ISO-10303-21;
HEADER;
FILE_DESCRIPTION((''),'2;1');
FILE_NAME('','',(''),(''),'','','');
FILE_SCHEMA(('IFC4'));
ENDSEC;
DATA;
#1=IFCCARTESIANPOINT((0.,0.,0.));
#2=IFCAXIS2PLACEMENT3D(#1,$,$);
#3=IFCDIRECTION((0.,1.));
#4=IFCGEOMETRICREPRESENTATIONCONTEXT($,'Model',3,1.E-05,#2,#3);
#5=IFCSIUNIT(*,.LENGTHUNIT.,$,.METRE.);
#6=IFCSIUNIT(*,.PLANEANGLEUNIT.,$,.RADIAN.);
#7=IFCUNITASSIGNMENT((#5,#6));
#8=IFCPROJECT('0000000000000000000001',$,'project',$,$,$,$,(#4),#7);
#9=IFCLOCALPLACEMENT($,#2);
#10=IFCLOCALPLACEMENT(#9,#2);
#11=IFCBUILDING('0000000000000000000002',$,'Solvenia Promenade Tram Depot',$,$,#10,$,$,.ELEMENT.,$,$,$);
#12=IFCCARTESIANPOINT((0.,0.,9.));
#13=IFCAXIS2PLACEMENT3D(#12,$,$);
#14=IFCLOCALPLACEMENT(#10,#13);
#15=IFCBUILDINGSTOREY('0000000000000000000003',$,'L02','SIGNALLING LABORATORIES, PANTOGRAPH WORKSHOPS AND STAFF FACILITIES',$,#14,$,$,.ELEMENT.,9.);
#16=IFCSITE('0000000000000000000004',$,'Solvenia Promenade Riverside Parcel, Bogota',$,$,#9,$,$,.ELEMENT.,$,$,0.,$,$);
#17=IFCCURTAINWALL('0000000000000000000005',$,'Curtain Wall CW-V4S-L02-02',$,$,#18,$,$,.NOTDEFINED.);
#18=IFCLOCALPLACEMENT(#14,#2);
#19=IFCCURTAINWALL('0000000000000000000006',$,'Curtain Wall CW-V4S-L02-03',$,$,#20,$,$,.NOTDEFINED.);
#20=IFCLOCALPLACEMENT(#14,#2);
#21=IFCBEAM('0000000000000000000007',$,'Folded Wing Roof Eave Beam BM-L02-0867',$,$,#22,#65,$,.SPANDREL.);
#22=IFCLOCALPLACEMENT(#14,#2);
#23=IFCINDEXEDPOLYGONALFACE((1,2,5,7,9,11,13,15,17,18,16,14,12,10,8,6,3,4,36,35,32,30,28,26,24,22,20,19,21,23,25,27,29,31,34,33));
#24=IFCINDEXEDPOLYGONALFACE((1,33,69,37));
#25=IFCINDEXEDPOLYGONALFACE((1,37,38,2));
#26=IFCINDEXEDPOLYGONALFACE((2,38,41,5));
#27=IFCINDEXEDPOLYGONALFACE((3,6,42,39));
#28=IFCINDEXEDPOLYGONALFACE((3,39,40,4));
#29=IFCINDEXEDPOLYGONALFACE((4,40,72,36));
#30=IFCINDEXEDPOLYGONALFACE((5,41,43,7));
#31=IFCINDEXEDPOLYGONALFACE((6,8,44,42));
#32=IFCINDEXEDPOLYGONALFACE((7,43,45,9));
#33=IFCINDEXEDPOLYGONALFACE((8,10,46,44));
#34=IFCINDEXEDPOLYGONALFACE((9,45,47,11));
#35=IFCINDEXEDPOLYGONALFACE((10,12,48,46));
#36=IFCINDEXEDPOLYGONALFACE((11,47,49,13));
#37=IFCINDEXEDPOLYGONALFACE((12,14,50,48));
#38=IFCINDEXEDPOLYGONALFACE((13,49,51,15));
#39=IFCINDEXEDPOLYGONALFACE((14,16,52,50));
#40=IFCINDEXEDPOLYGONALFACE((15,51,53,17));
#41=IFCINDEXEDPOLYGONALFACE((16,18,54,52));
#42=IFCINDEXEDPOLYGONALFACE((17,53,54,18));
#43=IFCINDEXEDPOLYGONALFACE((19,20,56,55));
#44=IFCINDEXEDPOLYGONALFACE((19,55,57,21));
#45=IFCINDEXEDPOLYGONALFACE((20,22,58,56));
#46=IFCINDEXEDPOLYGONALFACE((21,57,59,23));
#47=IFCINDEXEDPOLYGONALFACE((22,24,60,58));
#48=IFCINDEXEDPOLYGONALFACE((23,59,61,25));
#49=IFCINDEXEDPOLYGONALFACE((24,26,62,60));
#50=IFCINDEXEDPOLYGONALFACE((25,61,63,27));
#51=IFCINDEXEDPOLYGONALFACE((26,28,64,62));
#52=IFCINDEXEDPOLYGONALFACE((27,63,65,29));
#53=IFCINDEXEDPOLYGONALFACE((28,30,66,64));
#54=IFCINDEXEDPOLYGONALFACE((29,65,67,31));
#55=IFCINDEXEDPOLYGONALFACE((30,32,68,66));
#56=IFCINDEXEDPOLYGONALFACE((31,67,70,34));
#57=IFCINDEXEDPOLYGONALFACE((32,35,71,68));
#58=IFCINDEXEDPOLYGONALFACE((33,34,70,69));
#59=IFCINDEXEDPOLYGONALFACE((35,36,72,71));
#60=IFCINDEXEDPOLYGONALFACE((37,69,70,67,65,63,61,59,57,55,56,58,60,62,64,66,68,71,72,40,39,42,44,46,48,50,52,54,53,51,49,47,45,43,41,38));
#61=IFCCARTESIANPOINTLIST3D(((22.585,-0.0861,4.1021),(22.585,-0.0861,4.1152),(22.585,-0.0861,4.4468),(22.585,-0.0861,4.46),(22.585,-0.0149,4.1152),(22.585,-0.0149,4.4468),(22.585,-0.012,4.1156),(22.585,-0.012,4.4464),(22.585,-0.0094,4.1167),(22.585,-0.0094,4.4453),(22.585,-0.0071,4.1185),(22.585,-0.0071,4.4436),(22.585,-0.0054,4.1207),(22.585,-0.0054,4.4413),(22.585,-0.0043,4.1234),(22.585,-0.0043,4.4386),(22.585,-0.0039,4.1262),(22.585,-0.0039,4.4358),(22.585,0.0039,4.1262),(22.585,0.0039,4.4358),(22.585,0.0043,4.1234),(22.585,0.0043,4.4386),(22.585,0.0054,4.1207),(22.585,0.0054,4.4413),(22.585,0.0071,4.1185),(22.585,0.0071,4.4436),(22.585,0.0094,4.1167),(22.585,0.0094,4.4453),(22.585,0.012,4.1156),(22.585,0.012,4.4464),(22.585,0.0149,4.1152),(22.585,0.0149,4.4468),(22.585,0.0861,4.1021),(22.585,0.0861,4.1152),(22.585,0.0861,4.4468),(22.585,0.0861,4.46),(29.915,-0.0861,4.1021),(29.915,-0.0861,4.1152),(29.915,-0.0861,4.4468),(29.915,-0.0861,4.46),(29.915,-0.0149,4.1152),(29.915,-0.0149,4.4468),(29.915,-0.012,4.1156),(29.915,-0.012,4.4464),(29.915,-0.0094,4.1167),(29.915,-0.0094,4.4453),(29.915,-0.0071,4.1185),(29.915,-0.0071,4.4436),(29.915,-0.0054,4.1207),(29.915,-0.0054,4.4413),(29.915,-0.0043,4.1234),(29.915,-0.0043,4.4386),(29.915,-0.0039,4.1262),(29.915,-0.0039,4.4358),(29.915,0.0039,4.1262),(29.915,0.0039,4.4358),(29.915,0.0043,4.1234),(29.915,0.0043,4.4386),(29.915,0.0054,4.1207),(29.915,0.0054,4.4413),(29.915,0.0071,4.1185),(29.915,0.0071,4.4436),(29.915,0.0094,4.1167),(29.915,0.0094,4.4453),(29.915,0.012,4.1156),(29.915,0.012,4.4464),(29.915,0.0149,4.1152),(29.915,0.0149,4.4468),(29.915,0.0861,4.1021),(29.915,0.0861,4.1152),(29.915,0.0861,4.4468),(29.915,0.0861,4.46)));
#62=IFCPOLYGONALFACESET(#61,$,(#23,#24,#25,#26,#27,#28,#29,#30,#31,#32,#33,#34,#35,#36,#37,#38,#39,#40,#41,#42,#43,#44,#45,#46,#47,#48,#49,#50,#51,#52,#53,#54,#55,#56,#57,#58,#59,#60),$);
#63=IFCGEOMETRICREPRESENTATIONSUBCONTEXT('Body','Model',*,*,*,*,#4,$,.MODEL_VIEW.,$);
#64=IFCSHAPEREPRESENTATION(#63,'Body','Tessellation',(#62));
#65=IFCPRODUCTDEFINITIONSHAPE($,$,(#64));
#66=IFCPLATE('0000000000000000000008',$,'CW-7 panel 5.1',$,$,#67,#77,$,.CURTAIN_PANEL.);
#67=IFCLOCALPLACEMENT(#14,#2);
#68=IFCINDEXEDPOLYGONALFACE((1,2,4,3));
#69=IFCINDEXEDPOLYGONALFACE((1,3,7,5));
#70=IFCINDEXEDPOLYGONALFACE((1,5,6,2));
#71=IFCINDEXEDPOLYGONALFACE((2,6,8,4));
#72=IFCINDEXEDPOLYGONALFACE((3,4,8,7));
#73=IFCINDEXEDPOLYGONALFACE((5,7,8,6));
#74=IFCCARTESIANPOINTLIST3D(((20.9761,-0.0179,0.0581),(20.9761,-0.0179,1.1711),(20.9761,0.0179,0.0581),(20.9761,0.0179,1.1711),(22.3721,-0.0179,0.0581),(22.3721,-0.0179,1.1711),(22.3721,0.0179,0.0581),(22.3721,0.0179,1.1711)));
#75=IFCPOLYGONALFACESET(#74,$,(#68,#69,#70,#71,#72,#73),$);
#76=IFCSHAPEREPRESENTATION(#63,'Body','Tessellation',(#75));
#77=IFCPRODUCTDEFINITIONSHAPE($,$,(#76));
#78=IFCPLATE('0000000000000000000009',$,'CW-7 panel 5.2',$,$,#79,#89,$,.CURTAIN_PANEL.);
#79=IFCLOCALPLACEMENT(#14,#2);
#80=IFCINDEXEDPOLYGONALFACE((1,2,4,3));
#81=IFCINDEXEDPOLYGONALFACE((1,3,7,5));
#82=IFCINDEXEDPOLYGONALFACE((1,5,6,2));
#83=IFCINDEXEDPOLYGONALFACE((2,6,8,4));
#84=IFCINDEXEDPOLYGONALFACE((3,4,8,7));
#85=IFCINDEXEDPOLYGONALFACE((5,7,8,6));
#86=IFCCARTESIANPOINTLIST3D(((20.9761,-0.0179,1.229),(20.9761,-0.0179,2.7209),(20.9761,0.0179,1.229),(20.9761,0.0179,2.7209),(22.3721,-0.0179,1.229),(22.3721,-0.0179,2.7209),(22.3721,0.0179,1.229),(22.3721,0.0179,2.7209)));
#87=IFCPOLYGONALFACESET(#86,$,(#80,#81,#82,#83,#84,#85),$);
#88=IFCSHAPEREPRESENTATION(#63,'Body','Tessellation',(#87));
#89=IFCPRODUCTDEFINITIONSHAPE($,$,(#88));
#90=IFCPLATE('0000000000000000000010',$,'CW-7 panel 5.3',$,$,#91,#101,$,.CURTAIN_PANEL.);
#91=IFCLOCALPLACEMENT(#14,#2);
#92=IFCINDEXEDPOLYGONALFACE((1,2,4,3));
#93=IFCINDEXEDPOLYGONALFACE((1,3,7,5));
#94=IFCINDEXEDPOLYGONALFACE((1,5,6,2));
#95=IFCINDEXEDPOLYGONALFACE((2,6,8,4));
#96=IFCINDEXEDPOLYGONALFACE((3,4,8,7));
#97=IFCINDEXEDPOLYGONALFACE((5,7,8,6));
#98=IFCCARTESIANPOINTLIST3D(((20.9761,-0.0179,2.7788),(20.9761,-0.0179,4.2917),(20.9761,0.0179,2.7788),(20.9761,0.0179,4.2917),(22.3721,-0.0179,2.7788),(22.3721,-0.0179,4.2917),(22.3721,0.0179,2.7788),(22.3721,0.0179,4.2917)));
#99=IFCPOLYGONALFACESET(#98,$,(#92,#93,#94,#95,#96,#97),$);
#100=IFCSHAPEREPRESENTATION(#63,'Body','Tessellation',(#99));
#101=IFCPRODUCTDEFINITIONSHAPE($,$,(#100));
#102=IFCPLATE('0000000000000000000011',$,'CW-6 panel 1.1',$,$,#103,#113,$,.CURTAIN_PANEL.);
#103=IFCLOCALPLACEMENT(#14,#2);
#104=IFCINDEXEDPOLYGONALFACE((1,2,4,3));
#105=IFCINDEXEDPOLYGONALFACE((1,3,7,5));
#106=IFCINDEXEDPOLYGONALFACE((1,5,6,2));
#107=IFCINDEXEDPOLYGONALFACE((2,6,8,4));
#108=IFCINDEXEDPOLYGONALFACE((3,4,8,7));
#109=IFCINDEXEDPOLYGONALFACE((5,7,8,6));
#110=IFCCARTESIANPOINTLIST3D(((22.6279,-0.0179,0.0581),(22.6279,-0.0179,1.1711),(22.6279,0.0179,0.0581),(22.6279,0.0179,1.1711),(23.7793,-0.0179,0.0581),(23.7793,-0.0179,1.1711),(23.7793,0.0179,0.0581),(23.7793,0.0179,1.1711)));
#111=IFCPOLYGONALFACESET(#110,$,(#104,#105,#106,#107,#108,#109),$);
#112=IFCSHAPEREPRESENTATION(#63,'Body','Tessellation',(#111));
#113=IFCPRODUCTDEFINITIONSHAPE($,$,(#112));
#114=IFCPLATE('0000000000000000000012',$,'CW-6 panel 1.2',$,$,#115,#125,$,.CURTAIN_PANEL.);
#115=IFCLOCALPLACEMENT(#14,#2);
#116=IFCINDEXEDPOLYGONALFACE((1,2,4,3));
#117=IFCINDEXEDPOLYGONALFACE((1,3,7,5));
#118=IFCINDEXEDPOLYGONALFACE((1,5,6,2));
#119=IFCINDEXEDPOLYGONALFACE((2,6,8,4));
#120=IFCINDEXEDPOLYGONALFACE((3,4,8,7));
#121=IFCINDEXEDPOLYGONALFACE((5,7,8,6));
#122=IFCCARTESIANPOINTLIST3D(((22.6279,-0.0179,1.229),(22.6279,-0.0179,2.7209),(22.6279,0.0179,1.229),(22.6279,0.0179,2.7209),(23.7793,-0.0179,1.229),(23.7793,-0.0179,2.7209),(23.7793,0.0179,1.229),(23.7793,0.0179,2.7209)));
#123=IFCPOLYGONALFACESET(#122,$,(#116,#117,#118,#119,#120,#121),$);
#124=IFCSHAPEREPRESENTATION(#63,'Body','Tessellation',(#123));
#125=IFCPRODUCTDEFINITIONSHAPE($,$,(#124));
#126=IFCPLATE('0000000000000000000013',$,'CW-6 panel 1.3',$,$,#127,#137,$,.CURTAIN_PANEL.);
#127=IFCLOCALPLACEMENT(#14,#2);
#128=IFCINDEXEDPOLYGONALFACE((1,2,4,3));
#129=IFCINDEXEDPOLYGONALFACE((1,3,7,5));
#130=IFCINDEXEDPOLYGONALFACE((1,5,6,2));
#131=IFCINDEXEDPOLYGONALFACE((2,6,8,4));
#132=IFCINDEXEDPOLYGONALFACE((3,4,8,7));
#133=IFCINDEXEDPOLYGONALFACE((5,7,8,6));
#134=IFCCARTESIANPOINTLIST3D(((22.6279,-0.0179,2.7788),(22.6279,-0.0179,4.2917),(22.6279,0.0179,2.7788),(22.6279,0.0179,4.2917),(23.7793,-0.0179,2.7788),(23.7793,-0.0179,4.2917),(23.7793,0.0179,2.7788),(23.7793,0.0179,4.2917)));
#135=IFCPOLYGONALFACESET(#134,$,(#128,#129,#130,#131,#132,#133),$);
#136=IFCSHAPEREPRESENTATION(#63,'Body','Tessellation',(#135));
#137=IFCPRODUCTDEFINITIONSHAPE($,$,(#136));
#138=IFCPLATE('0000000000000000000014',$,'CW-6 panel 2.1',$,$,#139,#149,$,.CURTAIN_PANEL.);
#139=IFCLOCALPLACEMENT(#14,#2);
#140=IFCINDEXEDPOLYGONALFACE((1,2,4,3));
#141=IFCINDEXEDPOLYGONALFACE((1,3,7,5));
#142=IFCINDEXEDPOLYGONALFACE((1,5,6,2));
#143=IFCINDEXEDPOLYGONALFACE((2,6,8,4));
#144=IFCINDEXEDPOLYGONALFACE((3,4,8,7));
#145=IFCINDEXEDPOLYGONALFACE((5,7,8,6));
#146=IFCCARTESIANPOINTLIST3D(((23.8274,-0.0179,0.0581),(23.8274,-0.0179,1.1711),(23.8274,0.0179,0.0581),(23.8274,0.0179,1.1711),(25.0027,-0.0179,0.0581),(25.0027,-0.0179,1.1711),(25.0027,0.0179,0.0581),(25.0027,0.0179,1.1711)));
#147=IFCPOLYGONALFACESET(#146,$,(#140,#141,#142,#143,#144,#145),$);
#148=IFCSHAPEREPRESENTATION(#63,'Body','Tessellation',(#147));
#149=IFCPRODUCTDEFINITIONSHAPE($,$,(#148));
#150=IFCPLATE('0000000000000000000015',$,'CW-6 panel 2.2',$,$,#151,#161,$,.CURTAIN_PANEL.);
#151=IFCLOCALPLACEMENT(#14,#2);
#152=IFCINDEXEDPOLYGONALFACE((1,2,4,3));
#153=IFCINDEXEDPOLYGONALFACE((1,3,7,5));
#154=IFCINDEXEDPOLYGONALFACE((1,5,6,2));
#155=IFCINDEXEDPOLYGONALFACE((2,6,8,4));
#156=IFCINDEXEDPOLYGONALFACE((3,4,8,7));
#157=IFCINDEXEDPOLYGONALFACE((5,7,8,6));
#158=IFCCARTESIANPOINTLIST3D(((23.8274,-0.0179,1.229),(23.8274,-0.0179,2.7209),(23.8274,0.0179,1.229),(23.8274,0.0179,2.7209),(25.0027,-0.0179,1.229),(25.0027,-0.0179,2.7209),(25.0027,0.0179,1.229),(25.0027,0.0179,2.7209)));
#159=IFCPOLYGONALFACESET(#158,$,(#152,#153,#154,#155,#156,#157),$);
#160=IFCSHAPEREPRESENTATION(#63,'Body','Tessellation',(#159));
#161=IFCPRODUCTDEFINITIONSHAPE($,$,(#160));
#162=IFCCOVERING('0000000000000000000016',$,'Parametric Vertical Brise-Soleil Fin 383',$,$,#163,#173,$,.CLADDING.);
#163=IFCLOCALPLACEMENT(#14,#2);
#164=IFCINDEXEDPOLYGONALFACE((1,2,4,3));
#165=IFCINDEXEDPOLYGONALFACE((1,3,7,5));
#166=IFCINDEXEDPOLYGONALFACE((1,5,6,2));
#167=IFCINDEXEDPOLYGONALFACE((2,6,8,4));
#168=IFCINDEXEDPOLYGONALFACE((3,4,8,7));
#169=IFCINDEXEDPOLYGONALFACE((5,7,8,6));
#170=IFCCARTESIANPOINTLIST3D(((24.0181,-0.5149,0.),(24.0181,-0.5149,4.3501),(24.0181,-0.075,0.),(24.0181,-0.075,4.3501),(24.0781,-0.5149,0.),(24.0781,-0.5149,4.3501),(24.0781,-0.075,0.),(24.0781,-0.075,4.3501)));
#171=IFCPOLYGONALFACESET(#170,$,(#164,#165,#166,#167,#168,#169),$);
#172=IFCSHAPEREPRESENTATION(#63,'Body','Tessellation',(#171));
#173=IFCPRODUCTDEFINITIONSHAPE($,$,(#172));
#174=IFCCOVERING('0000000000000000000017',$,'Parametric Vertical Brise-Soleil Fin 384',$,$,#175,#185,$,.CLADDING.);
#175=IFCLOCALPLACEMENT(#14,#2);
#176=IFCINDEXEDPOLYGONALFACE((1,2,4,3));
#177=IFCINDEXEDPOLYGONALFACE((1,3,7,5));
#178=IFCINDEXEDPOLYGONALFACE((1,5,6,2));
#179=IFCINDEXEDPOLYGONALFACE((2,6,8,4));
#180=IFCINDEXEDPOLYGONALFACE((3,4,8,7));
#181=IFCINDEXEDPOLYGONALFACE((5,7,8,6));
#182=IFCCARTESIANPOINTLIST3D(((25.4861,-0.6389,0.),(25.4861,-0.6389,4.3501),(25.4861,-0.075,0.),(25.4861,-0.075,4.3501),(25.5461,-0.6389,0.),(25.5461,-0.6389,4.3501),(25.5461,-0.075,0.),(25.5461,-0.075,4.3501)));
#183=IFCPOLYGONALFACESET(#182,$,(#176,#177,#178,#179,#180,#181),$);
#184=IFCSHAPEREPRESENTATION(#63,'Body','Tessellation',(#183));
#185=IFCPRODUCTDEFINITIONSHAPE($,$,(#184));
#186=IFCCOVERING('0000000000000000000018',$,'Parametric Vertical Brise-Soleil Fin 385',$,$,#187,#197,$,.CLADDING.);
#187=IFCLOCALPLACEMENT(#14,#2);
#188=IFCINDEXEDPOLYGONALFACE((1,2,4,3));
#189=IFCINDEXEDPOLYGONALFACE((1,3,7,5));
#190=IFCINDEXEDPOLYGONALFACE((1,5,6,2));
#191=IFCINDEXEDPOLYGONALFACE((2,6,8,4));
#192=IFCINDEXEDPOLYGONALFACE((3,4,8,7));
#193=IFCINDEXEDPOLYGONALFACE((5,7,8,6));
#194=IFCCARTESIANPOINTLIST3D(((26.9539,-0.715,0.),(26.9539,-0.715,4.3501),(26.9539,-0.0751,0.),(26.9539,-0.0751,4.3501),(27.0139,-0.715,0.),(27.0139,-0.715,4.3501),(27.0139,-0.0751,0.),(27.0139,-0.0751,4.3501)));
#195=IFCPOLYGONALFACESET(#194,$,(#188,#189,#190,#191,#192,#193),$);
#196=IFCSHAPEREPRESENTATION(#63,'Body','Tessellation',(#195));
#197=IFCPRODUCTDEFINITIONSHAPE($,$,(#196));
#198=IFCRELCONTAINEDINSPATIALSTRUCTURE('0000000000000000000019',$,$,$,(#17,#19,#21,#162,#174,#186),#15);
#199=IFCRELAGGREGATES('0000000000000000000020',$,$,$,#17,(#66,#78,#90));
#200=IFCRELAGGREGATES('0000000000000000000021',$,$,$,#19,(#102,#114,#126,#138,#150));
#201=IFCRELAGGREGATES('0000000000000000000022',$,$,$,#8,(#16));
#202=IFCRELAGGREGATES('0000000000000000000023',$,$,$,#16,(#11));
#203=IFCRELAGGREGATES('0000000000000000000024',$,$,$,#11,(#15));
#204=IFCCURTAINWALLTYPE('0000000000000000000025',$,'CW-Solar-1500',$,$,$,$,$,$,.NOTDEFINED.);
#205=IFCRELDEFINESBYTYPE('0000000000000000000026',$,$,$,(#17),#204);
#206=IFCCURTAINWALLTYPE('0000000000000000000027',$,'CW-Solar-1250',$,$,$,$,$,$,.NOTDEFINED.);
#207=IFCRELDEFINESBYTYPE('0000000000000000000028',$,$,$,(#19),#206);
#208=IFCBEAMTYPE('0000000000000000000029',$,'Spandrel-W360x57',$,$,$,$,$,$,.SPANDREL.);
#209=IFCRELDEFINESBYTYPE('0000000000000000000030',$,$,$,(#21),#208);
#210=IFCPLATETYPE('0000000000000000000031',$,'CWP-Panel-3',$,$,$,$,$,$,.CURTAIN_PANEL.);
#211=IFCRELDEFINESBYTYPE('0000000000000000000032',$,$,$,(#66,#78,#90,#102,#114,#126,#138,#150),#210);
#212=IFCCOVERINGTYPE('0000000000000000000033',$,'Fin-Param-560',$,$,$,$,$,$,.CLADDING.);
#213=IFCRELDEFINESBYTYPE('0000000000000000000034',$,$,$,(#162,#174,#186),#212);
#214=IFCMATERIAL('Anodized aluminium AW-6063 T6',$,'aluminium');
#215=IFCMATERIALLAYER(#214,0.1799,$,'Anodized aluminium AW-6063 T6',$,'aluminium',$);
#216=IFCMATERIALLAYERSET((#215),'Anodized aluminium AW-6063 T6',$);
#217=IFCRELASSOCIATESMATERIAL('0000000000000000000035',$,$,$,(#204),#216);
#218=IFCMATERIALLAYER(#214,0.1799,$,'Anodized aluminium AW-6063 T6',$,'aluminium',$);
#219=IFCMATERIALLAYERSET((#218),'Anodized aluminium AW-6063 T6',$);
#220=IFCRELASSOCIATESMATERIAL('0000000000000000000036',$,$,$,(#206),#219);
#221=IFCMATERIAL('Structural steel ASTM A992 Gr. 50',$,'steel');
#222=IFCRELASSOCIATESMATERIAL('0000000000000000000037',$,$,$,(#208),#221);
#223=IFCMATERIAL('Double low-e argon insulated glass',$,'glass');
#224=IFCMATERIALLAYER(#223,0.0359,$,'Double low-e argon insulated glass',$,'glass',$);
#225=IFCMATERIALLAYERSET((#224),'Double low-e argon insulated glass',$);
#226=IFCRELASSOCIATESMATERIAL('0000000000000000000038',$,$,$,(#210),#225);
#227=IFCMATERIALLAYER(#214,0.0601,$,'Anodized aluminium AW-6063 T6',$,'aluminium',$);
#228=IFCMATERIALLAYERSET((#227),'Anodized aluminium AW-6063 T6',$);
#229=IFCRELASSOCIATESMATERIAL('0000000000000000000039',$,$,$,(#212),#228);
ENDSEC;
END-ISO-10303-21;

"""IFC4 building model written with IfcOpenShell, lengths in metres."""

from ifc_helpers import new_model, si_unit, direction, frame, origin, origin_2d, place, context, subcontext, project, spatial, rectangle, i_section, extrude, material, layer, layer_set, material_profile, profile_set, type_object, element, aggregate, save


model = new_model("IFC4")

# Units and contexts
model_context = context("Model", 3, precision=1e-05, world=origin(), true_north=direction((0.0, 1.0)))
body_context = subcontext(model_context, "Body", "Model", "MODEL_VIEW")
ifc_project = project(units=[si_unit("LENGTHUNIT", "METRE"), si_unit("PLANEANGLEUNIT", "RADIAN")], contexts=[model_context])

# Site, building, storey
site_placement = place(None, origin())
site = spatial("IfcSite", under=ifc_project, at=site_placement, Name="Solvenia Promenade Riverside Parcel, Bogota", CompositionType="ELEMENT", RefElevation=0.0)
building_placement = place(site_placement, origin())
building = spatial("IfcBuilding", under=site, at=building_placement, Name="Solvenia Promenade Tram Depot", CompositionType="ELEMENT")
storey_placement = place(building_placement, frame((0.0, 0.0, 9.0)))
storey = spatial("IfcBuildingStorey", under=building, at=storey_placement, Name="L02", Description="SIGNALLING LABORATORIES, PANTOGRAPH WORKSHOPS AND STAFF FACILITIES", CompositionType="ELEMENT", Elevation=9.0)

# Shared definitions
ifc_material_1 = material(Name="Structural steel ASTM A992 Gr. 50", Category="steel")

# Curtain walls
ifc_material_2 = material(Name="Anodized aluminium AW-6063 T6", Category="aluminium")
ifc_layer_1 = layer(ifc_material_2, 0.1799, Name="Anodized aluminium AW-6063 T6", Category="aluminium")
ifc_layer_set_1 = layer_set([ifc_layer_1], Name="Anodized aluminium AW-6063 T6")
curtain_wall_type_1 = type_object("IfcCurtainWallType", Name="CW-Solar-1500", PredefinedType="NOTDEFINED", material=ifc_layer_set_1)
curtain_wall_1_placement = place(storey_placement, origin())
curtain_wall_1 = element("IfcCurtainWall", 1, at=curtain_wall_1_placement, inside=storey, type_object=curtain_wall_type_1, Name="Curtain Wall CW-V4S-L02-02", PredefinedType="NOTDEFINED")
ifc_layer_2 = layer(ifc_material_2, 0.1799, Name="Anodized aluminium AW-6063 T6", Category="aluminium")
ifc_layer_set_2 = layer_set([ifc_layer_2], Name="Anodized aluminium AW-6063 T6")
curtain_wall_type_2 = type_object("IfcCurtainWallType", Name="CW-Solar-1250", PredefinedType="NOTDEFINED", material=ifc_layer_set_2)
curtain_wall_2_placement = place(storey_placement, origin())
curtain_wall_2 = element("IfcCurtainWall", 2, at=curtain_wall_2_placement, inside=storey, type_object=curtain_wall_type_2, Name="Curtain Wall CW-V4S-L02-03", PredefinedType="NOTDEFINED")

# Beam
ifc_material_profile_1 = material_profile(ifc_material_1, i_section(OverallWidth=0.1721, OverallDepth=0.3579, WebThickness=0.0078, FlangeThickness=0.0132, FilletRadius=0.011, at=origin_2d()), Name="W360x57", Category="steel")
ifc_profile_set_1 = profile_set([ifc_material_profile_1], Name="Structural steel ASTM A992 Gr. 50")
beam_type = type_object("IfcBeamType", Name="Spandrel-W360x57", PredefinedType="SPANDREL", material=ifc_profile_set_1)
for number, where, z_axis, x_axis, name in (
    (3, (22.585, 0.0, 4.281), (1.0, 0.0, 0.0), (0.0, 1.0, 0.0), "Folded Wing Roof Eave Beam BM-L02-0867"),
):
    element("IfcBeam", number, at=place(storey_placement, frame(where, z_axis=z_axis, x_axis=x_axis)), inside=storey, type_object=beam_type, Name=name, PredefinedType="SPANDREL", context=body_context, shape_type="SweptSolid", body=[
        extrude(i_section(OverallWidth=0.1721, OverallDepth=0.3579, WebThickness=0.0078, FlangeThickness=0.0132, FilletRadius=0.011, at=origin_2d()), origin(), (0.0, 0.0, 1.0), 7.3301),
    ])

# Plates
ifc_material_3 = material(Name="Double low-e argon insulated glass", Category="glass")
ifc_layer_3 = layer(ifc_material_3, 0.0359, Name="Double low-e argon insulated glass", Category="glass")
ifc_layer_set_3 = layer_set([ifc_layer_3], Name="Double low-e argon insulated glass")
plate_type = type_object("IfcPlateType", Name="CWP-Panel-3", PredefinedType="CURTAIN_PANEL", material=ifc_layer_set_3)
plate_1_placement = place(storey_placement, frame((21.6741, 0.0, 0.0581), z_axis=(0.0, 0.0, 1.0), x_axis=(1.0, 0.0, 0.0)))
plate_1 = element("IfcPlate", 4, at=plate_1_placement, type_object=plate_type, Name="CW-7 panel 5.1", PredefinedType="CURTAIN_PANEL", context=body_context, shape_type="SweptSolid", body=[
    extrude(rectangle(XDim=1.396, YDim=0.0359, at=origin_2d()), origin(), (0.0, 0.0, 1.0), 1.113),
])
plate_2_placement = place(storey_placement, frame((21.6741, 0.0, 1.229), z_axis=(0.0, 0.0, 1.0), x_axis=(1.0, 0.0, 0.0)))
plate_2 = element("IfcPlate", 5, at=plate_2_placement, type_object=plate_type, Name="CW-7 panel 5.2", PredefinedType="CURTAIN_PANEL", context=body_context, shape_type="SweptSolid", body=[
    extrude(rectangle(XDim=1.396, YDim=0.0359, at=origin_2d()), origin(), (0.0, 0.0, 1.0), 1.4919),
])
plate_3_placement = place(storey_placement, frame((21.6741, 0.0, 2.7788), z_axis=(0.0, 0.0, 1.0), x_axis=(1.0, 0.0, 0.0)))
plate_3 = element("IfcPlate", 6, at=plate_3_placement, type_object=plate_type, Name="CW-7 panel 5.3", PredefinedType="CURTAIN_PANEL", context=body_context, shape_type="SweptSolid", body=[
    extrude(rectangle(XDim=1.396, YDim=0.0359, at=origin_2d()), origin(), (0.0, 0.0, 1.0), 1.5129),
])
aggregate(curtain_wall_1, [plate_1, plate_2, plate_3])
plate_4_placement = place(storey_placement, frame((23.2036, 0.0, 0.0581), z_axis=(0.0, 0.0, 1.0), x_axis=(1.0, 0.0, 0.0)))
plate_4 = element("IfcPlate", 7, at=plate_4_placement, type_object=plate_type, Name="CW-6 panel 1.1", PredefinedType="CURTAIN_PANEL", context=body_context, shape_type="SweptSolid", body=[
    extrude(rectangle(XDim=1.1514, YDim=0.0359, at=origin_2d()), origin(), (0.0, 0.0, 1.0), 1.113),
])
plate_5_placement = place(storey_placement, frame((23.2036, 0.0, 1.229), z_axis=(0.0, 0.0, 1.0), x_axis=(1.0, 0.0, 0.0)))
plate_5 = element("IfcPlate", 8, at=plate_5_placement, type_object=plate_type, Name="CW-6 panel 1.2", PredefinedType="CURTAIN_PANEL", context=body_context, shape_type="SweptSolid", body=[
    extrude(rectangle(XDim=1.1514, YDim=0.0359, at=origin_2d()), origin(), (0.0, 0.0, 1.0), 1.4919),
])
plate_6_placement = place(storey_placement, frame((23.2036, 0.0, 2.7788), z_axis=(0.0, 0.0, 1.0), x_axis=(1.0, 0.0, 0.0)))
plate_6 = element("IfcPlate", 9, at=plate_6_placement, type_object=plate_type, Name="CW-6 panel 1.3", PredefinedType="CURTAIN_PANEL", context=body_context, shape_type="SweptSolid", body=[
    extrude(rectangle(XDim=1.1514, YDim=0.0359, at=origin_2d()), origin(), (0.0, 0.0, 1.0), 1.5129),
])
plate_7_placement = place(storey_placement, frame((24.415, 0.0, 0.0581), z_axis=(0.0, 0.0, 1.0), x_axis=(1.0, 0.0, 0.0)))
plate_7 = element("IfcPlate", 10, at=plate_7_placement, type_object=plate_type, Name="CW-6 panel 2.1", PredefinedType="CURTAIN_PANEL", context=body_context, shape_type="SweptSolid", body=[
    extrude(rectangle(XDim=1.1753, YDim=0.0359, at=origin_2d()), origin(), (0.0, 0.0, 1.0), 1.113),
])
plate_8_placement = place(storey_placement, frame((24.415, 0.0, 1.229), z_axis=(0.0, 0.0, 1.0), x_axis=(1.0, 0.0, 0.0)))
plate_8 = element("IfcPlate", 11, at=plate_8_placement, type_object=plate_type, Name="CW-6 panel 2.2", PredefinedType="CURTAIN_PANEL", context=body_context, shape_type="SweptSolid", body=[
    extrude(rectangle(XDim=1.1753, YDim=0.0359, at=origin_2d()), origin(), (0.0, 0.0, 1.0), 1.4919),
])
aggregate(curtain_wall_2, [plate_4, plate_5, plate_6, plate_7, plate_8])

# Coverings
ifc_layer_4 = layer(ifc_material_2, 0.0601, Name="Anodized aluminium AW-6063 T6", Category="aluminium")
ifc_layer_set_4 = layer_set([ifc_layer_4], Name="Anodized aluminium AW-6063 T6")
covering_type = type_object("IfcCoveringType", Name="Fin-Param-560", PredefinedType="CLADDING", material=ifc_layer_set_4)
covering_1_placement = place(storey_placement, frame((24.0481, -0.2949, 0.0), z_axis=(0.0, 0.0, 1.0), x_axis=(1.0, 0.0, 0.0)))
element("IfcCovering", 12, at=covering_1_placement, inside=storey, type_object=covering_type, Name="Parametric Vertical Brise-Soleil Fin 383", PredefinedType="CLADDING", context=body_context, shape_type="SweptSolid", body=[
    extrude(rectangle(XDim=0.0601, YDim=0.4399, at=origin_2d()), origin(), (0.0, 0.0, 1.0), 4.3501),
])
covering_2_placement = place(storey_placement, frame((25.5161, -0.3569, 0.0), z_axis=(0.0, 0.0, 1.0), x_axis=(1.0, 0.0, 0.0)))
element("IfcCovering", 13, at=covering_2_placement, inside=storey, type_object=covering_type, Name="Parametric Vertical Brise-Soleil Fin 384", PredefinedType="CLADDING", context=body_context, shape_type="SweptSolid", body=[
    extrude(rectangle(XDim=0.0601, YDim=0.564, at=origin_2d()), origin(), (0.0, 0.0, 1.0), 4.3501),
])
covering_3_placement = place(storey_placement, frame((26.9839, -0.395, 0.0), z_axis=(0.0, 0.0, 1.0), x_axis=(1.0, 0.0, 0.0)))
element("IfcCovering", 14, at=covering_3_placement, inside=storey, type_object=covering_type, Name="Parametric Vertical Brise-Soleil Fin 385", PredefinedType="CLADDING", context=body_context, shape_type="SweptSolid", body=[
    extrude(rectangle(XDim=0.0601, YDim=0.6399, at=origin_2d()), origin(), (0.0, 0.0, 1.0), 4.3501),
])

save(model, "model.ifc")
